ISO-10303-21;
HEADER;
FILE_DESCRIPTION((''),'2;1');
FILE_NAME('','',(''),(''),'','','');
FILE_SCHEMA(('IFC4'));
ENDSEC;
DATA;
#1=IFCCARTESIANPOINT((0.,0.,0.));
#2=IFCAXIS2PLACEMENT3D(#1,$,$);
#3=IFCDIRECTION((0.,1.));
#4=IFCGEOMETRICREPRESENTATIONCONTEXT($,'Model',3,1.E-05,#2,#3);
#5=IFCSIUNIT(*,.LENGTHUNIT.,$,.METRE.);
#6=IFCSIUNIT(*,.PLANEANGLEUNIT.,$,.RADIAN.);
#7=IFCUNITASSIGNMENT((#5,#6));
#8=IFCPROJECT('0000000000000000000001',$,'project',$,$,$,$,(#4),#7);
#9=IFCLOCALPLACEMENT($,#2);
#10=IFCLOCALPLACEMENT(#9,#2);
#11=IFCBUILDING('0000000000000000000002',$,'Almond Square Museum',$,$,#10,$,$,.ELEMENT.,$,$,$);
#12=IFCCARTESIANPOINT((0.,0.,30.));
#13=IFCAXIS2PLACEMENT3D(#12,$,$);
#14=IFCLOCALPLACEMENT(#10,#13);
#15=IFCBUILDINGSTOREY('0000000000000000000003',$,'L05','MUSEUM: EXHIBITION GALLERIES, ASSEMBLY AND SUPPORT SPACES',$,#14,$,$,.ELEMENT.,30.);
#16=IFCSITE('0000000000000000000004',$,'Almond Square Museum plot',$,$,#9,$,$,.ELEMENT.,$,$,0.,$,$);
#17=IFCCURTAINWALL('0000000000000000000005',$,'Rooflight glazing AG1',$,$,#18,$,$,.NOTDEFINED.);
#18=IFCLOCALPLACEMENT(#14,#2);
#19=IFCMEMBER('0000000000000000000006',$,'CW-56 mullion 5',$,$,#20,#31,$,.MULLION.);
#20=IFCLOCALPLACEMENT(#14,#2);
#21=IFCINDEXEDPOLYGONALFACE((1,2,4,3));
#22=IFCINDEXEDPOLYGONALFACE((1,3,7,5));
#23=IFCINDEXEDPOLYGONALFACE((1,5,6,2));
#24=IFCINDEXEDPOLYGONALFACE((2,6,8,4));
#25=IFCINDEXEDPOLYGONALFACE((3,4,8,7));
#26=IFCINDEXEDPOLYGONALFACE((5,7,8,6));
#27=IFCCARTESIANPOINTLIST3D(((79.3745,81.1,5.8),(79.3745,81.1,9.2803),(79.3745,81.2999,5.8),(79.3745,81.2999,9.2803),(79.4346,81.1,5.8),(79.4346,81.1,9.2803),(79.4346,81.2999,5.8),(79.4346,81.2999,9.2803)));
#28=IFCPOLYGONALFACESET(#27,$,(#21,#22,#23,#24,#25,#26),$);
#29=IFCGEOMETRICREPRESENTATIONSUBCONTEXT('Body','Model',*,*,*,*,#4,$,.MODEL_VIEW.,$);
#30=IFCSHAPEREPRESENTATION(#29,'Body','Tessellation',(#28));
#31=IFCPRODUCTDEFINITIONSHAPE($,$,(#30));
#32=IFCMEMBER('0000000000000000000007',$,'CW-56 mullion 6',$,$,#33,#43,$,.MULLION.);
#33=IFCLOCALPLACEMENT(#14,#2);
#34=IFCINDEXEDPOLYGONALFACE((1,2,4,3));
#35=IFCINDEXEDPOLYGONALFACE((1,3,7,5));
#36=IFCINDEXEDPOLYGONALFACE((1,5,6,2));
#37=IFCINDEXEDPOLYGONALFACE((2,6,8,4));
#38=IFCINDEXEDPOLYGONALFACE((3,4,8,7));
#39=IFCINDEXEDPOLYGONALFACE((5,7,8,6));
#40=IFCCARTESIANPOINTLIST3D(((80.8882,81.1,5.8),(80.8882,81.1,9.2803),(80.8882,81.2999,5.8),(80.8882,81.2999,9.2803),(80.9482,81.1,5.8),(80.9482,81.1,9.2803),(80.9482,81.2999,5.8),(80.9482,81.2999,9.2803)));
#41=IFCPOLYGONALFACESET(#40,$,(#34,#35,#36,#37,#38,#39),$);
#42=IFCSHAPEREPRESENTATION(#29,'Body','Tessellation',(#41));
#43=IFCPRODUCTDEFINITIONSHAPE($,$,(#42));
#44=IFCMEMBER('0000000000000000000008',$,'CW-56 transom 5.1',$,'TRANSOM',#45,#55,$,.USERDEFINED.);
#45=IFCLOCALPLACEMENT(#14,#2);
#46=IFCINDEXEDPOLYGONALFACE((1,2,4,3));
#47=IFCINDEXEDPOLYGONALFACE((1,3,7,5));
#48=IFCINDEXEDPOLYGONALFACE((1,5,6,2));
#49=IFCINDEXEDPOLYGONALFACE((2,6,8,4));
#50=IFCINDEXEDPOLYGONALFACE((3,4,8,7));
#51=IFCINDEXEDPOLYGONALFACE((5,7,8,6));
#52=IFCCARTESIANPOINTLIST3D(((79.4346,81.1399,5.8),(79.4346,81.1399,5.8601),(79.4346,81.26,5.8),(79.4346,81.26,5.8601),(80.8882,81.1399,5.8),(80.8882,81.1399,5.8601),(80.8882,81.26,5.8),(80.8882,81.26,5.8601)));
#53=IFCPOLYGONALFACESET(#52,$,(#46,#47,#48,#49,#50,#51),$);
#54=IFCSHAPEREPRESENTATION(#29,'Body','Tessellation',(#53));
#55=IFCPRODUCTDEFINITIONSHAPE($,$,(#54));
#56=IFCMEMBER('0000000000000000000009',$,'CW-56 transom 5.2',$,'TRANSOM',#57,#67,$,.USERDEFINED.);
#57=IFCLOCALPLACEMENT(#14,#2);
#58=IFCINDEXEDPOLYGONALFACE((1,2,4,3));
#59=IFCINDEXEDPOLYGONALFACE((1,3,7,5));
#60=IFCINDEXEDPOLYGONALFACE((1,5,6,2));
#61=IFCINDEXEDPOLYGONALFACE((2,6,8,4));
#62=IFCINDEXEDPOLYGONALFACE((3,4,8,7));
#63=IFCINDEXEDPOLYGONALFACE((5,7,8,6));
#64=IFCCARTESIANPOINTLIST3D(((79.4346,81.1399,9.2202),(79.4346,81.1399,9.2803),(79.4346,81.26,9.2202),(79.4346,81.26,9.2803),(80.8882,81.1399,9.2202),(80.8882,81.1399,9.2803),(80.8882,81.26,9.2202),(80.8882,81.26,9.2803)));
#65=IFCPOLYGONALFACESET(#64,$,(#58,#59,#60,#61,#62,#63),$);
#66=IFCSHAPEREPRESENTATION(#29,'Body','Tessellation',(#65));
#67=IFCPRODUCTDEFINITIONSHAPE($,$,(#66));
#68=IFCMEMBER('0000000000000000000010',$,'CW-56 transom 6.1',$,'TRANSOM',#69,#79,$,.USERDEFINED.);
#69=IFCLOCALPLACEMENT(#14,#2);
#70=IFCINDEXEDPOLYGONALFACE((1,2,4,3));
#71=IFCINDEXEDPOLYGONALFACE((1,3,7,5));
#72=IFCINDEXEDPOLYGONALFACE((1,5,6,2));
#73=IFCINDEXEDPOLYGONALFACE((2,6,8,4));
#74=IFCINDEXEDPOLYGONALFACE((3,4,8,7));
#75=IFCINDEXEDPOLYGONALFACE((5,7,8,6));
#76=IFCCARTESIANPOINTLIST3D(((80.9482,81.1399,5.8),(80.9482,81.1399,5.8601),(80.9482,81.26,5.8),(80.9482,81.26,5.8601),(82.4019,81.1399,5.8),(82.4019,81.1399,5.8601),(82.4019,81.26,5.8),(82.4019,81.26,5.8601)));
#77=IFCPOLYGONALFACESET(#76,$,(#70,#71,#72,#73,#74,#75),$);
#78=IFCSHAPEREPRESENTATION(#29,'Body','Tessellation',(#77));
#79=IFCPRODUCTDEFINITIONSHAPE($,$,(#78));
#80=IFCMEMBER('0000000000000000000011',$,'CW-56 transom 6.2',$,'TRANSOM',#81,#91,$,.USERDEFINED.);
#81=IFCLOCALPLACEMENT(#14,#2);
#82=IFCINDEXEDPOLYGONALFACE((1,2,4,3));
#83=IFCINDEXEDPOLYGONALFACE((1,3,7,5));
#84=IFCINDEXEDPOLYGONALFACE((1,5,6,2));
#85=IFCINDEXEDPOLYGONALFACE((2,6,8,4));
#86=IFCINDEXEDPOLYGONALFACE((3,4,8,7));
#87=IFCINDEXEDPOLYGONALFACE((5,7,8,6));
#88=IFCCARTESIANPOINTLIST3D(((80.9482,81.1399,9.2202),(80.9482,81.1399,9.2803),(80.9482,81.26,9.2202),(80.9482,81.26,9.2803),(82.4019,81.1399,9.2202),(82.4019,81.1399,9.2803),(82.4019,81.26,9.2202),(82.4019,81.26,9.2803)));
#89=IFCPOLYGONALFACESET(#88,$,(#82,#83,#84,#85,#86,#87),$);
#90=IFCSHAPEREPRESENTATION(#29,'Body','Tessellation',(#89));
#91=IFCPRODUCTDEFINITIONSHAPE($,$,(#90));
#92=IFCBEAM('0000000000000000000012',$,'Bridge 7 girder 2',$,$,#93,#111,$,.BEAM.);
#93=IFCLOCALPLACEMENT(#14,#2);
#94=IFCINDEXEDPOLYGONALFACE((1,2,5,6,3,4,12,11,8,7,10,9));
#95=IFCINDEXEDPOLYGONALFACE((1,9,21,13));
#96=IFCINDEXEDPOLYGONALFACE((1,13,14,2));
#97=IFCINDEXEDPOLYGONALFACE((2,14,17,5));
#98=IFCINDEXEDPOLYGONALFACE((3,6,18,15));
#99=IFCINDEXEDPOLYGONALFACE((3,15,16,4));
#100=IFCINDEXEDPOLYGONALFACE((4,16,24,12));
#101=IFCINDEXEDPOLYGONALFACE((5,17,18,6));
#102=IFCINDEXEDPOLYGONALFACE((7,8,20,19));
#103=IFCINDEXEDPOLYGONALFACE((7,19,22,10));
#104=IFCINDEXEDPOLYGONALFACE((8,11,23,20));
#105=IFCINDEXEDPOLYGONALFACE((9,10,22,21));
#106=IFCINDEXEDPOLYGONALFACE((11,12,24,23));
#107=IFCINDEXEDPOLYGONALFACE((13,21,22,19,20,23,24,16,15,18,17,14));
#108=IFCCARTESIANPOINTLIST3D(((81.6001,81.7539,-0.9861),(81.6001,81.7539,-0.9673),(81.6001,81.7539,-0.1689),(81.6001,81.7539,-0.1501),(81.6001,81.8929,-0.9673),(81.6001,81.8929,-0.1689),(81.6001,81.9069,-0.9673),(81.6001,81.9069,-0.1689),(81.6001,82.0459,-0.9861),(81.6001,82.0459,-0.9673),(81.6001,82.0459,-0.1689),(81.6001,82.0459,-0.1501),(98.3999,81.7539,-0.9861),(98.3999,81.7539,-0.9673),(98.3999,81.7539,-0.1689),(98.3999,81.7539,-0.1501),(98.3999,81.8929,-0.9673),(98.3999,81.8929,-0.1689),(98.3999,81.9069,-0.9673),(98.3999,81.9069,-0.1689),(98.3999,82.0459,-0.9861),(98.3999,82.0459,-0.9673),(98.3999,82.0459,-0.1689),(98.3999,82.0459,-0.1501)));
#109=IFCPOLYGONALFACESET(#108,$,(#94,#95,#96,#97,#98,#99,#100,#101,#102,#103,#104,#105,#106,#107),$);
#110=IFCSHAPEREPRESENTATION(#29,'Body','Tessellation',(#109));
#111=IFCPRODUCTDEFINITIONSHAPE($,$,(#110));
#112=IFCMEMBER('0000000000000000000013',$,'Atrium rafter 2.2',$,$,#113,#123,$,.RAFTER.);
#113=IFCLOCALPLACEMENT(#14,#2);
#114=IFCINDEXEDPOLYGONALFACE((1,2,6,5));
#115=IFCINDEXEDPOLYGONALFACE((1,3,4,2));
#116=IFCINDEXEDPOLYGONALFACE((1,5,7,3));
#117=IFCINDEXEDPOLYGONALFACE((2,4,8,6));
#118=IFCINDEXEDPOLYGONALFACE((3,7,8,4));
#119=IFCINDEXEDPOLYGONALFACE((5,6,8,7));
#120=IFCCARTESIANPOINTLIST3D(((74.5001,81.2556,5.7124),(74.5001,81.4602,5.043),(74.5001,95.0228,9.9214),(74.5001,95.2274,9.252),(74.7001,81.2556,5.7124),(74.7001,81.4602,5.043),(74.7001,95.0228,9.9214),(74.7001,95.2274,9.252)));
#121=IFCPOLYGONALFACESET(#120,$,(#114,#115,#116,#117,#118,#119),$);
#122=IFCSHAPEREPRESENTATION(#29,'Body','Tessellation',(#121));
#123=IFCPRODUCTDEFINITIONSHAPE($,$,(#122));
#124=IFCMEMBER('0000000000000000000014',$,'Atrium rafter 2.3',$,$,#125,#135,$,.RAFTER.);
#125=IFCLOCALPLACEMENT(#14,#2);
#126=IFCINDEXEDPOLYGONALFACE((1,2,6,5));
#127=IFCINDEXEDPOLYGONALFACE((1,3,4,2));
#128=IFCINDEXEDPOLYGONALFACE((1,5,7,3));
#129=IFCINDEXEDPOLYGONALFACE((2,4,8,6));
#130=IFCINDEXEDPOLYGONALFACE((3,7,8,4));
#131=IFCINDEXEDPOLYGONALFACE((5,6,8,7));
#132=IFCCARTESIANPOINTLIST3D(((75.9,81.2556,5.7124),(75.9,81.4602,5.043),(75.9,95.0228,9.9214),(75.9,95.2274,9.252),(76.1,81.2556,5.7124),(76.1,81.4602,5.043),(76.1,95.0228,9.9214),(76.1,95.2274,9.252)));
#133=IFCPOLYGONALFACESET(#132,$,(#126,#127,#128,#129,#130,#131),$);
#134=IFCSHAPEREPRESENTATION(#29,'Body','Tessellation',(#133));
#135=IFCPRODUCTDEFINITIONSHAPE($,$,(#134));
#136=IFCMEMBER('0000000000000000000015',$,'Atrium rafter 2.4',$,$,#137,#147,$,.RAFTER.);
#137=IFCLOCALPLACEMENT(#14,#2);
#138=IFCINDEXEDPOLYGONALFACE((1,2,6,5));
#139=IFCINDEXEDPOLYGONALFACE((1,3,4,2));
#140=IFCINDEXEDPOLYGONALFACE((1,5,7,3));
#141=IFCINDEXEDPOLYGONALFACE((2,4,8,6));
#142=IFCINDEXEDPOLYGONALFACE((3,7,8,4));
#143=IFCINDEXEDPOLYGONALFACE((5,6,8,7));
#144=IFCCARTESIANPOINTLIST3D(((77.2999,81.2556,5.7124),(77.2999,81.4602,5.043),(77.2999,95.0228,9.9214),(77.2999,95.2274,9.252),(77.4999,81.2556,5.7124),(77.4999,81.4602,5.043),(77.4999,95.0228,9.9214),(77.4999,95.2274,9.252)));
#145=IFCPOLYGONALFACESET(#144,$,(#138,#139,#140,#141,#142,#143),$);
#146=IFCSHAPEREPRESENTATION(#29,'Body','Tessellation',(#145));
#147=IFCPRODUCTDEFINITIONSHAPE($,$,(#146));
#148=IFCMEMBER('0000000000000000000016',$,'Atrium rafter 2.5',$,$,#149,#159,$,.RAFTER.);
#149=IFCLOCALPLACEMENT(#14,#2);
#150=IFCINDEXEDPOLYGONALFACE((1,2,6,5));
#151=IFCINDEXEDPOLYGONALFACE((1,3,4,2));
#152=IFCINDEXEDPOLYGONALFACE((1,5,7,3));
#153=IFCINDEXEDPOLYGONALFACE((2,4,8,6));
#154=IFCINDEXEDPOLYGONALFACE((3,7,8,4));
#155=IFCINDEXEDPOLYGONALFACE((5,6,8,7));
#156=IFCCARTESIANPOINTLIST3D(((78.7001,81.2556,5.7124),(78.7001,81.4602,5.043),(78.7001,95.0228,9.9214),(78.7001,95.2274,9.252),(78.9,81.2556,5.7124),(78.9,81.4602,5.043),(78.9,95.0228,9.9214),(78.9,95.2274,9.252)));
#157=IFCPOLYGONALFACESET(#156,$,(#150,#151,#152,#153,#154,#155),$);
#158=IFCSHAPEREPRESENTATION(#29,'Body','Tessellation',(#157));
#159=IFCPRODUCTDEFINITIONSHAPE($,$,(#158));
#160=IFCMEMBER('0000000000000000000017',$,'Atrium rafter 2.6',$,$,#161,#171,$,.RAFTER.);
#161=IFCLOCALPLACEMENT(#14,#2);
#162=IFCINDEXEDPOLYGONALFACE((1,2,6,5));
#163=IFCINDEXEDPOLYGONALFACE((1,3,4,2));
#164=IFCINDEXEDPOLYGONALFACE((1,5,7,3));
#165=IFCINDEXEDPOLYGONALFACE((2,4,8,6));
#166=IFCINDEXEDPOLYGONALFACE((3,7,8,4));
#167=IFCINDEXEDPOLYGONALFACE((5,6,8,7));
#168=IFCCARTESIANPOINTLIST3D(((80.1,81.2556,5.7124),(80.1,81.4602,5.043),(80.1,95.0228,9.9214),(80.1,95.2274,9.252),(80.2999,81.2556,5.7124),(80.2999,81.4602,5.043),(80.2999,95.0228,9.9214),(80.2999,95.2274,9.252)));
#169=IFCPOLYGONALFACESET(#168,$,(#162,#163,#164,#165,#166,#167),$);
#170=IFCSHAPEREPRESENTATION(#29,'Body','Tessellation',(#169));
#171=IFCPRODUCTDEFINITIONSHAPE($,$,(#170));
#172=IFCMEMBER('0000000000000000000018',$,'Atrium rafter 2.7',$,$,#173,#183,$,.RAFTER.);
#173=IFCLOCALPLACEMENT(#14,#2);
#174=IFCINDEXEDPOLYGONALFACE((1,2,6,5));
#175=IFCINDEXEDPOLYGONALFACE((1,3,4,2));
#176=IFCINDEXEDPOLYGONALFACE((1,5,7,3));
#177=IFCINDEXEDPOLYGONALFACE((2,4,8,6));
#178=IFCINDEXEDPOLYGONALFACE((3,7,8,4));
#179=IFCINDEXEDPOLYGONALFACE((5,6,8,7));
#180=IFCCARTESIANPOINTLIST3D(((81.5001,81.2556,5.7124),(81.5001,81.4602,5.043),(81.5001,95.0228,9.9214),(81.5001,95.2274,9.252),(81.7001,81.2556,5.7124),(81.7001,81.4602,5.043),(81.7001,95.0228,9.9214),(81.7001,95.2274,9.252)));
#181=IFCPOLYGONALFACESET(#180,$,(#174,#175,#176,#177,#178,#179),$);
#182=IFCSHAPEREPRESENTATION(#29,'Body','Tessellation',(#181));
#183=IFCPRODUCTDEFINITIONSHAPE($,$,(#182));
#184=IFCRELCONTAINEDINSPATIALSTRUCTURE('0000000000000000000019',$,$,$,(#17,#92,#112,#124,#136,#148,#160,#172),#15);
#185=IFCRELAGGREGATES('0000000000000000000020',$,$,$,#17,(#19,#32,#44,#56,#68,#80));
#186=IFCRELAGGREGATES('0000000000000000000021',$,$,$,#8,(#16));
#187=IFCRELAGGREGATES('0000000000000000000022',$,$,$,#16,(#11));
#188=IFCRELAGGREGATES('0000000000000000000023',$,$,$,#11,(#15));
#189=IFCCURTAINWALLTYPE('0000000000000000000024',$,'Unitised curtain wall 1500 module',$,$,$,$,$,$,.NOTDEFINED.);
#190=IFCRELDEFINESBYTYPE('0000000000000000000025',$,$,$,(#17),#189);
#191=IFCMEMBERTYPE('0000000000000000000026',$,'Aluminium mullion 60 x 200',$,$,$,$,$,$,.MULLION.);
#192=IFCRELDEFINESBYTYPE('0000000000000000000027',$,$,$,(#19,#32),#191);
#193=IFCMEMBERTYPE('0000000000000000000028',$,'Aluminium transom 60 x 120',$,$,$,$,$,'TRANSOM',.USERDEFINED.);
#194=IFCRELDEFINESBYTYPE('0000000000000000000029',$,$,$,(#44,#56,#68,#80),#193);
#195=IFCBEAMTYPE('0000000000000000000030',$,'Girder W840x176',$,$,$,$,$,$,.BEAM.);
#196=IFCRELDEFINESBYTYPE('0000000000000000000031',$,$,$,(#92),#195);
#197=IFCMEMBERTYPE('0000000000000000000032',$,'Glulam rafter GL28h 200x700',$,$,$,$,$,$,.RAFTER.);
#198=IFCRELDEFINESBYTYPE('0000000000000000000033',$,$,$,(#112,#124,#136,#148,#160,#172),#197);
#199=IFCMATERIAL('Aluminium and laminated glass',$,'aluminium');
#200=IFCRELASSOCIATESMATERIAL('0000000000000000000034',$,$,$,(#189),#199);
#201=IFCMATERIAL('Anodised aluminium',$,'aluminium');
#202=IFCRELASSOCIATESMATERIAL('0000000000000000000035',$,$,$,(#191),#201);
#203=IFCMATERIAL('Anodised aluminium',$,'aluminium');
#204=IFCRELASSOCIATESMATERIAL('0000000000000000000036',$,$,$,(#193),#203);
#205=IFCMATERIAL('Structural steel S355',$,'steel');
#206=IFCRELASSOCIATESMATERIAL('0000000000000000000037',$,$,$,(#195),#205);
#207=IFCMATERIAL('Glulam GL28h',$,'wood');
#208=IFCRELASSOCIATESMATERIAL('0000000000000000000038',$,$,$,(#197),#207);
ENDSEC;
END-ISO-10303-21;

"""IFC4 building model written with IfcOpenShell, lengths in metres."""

from ifc_helpers import new_model, si_unit, direction, frame, origin, origin_2d, place, context, subcontext, project, spatial, rectangle, i_section, extrude, material, material_profile, profile_set, type_object, element, aggregate, save


model = new_model("IFC4")

# Units and contexts
model_context = context("Model", 3, precision=1e-05, world=origin(), true_north=direction((0.0, 1.0)))
body_context = subcontext(model_context, "Body", "Model", "MODEL_VIEW")
ifc_project = project(units=[si_unit("LENGTHUNIT", "METRE"), si_unit("PLANEANGLEUNIT", "RADIAN")], contexts=[model_context])

# Site, building, storey
site_placement = place(None, origin())
site = spatial("IfcSite", under=ifc_project, at=site_placement, Name="Almond Square Museum plot", CompositionType="ELEMENT", RefElevation=0.0)
building_placement = place(site_placement, origin())
building = spatial("IfcBuilding", under=site, at=building_placement, Name="Almond Square Museum", CompositionType="ELEMENT")
storey_placement = place(building_placement, frame((0.0, 0.0, 30.0)))
storey = spatial("IfcBuildingStorey", under=building, at=storey_placement, Name="L05", Description="MUSEUM: EXHIBITION GALLERIES, ASSEMBLY AND SUPPORT SPACES", CompositionType="ELEMENT", Elevation=30.0)

# Curtain wall, members
ifc_material_1 = material(Name="Aluminium and laminated glass", Category="aluminium")
curtain_wall_type = type_object("IfcCurtainWallType", Name="Unitised curtain wall 1500 module", PredefinedType="NOTDEFINED", material=ifc_material_1)
curtain_wall_placement = place(storey_placement, origin())
curtain_wall = element("IfcCurtainWall", 1, at=curtain_wall_placement, inside=storey, type_object=curtain_wall_type, Name="Rooflight glazing AG1", PredefinedType="NOTDEFINED")
ifc_material_2 = material(Name="Anodised aluminium", Category="aluminium")
ifc_material_profile_1 = material_profile(ifc_material_2, rectangle(XDim=0.2, YDim=0.0601, at=origin_2d()))
ifc_profile_set_1 = profile_set([ifc_material_profile_1], Name="Anodised aluminium")
member_type_1 = type_object("IfcMemberType", Name="Aluminium mullion 60 x 200", PredefinedType="MULLION", material=ifc_profile_set_1)
member_1_placement = place(storey_placement, frame((79.4045, 81.2, 5.8), z_axis=(0.0, 0.0, 1.0), x_axis=(0.0, 1.0, 0.0)))
member_1 = element("IfcMember", 2, at=member_1_placement, type_object=member_type_1, Name="CW-56 mullion 5", PredefinedType="MULLION", context=body_context, shape_type="SweptSolid", body=[
    extrude(rectangle(XDim=0.2, YDim=0.0601, at=origin_2d()), origin(), (0.0, 0.0, 1.0), 3.4802),
])
member_2_placement = place(storey_placement, frame((80.9182, 81.2, 5.8), z_axis=(0.0, 0.0, 1.0), x_axis=(0.0, 1.0, 0.0)))
member_2 = element("IfcMember", 3, at=member_2_placement, type_object=member_type_1, Name="CW-56 mullion 6", PredefinedType="MULLION", context=body_context, shape_type="SweptSolid", body=[
    extrude(rectangle(XDim=0.2, YDim=0.0601, at=origin_2d()), origin(), (0.0, 0.0, 1.0), 3.4802),
])
ifc_material_3 = material(Name="Anodised aluminium", Category="aluminium")
ifc_material_profile_2 = material_profile(ifc_material_3, rectangle(XDim=0.1201, YDim=0.0601, at=origin_2d()))
ifc_profile_set_2 = profile_set([ifc_material_profile_2], Name="Anodised aluminium")
member_type_2 = type_object("IfcMemberType", Name="Aluminium transom 60 x 120", ElementType="TRANSOM", PredefinedType="USERDEFINED", material=ifc_profile_set_2)
member_3_placement = place(storey_placement, frame((79.4346, 81.2, 5.8301), z_axis=(1.0, 0.0, 0.0), x_axis=(0.0, 1.0, 0.0)))
member_3 = element("IfcMember", 4, at=member_3_placement, type_object=member_type_2, Name="CW-56 transom 5.1", ObjectType="TRANSOM", PredefinedType="USERDEFINED", context=body_context, shape_type="SweptSolid", body=[
    extrude(rectangle(XDim=0.1201, YDim=0.0601, at=origin_2d()), origin(), (0.0, 0.0, 1.0), 1.4536),
])
member_4_placement = place(storey_placement, frame((79.4346, 81.2, 9.2502), z_axis=(1.0, 0.0, 0.0), x_axis=(0.0, 1.0, 0.0)))
member_4 = element("IfcMember", 5, at=member_4_placement, type_object=member_type_2, Name="CW-56 transom 5.2", ObjectType="TRANSOM", PredefinedType="USERDEFINED", context=body_context, shape_type="SweptSolid", body=[
    extrude(rectangle(XDim=0.1201, YDim=0.0601, at=origin_2d()), origin(), (0.0, 0.0, 1.0), 1.4536),
])
member_5_placement = place(storey_placement, frame((80.9482, 81.2, 5.8301), z_axis=(1.0, 0.0, 0.0), x_axis=(0.0, 1.0, 0.0)))
member_5 = element("IfcMember", 6, at=member_5_placement, type_object=member_type_2, Name="CW-56 transom 6.1", ObjectType="TRANSOM", PredefinedType="USERDEFINED", context=body_context, shape_type="SweptSolid", body=[
    extrude(rectangle(XDim=0.1201, YDim=0.0601, at=origin_2d()), origin(), (0.0, 0.0, 1.0), 1.4536),
])
member_6_placement = place(storey_placement, frame((80.9482, 81.2, 9.2502), z_axis=(1.0, 0.0, 0.0), x_axis=(0.0, 1.0, 0.0)))
member_6 = element("IfcMember", 7, at=member_6_placement, type_object=member_type_2, Name="CW-56 transom 6.2", ObjectType="TRANSOM", PredefinedType="USERDEFINED", context=body_context, shape_type="SweptSolid", body=[
    extrude(rectangle(XDim=0.1201, YDim=0.0601, at=origin_2d()), origin(), (0.0, 0.0, 1.0), 1.4536),
])

# Beam
ifc_material_4 = material(Name="Structural steel S355", Category="steel")
ifc_material_profile_3 = material_profile(ifc_material_4, i_section(OverallWidth=0.292, OverallDepth=0.8359, WebThickness=0.0139, FlangeThickness=0.0188, at=origin_2d()))
ifc_profile_set_3 = profile_set([ifc_material_profile_3], Name="Structural steel S355")
beam_type_1 = type_object("IfcBeamType", Name="Girder W840x176", PredefinedType="BEAM", material=ifc_profile_set_3)
beam_1_placement = place(storey_placement, frame((81.6001, 81.8999, -0.5681), z_axis=(1.0, 0.0, 0.0), x_axis=(0.0, 1.0, 0.0)))
element("IfcBeam", 8, at=beam_1_placement, inside=storey, type_object=beam_type_1, Name="Bridge 7 girder 2", PredefinedType="BEAM", context=body_context, shape_type="SweptSolid", body=[
    extrude(i_section(OverallWidth=0.292, OverallDepth=0.8359, WebThickness=0.0139, FlangeThickness=0.0188, at=origin_2d()), origin(), (0.0, 0.0, 1.0), 16.7998),
])

# Members
ifc_material_5 = material(Name="Glulam GL28h", Category="wood")
ifc_material_profile_4 = material_profile(ifc_material_5, rectangle(XDim=0.2, YDim=0.7, at=origin_2d()))
ifc_profile_set_4 = profile_set([ifc_material_profile_4], Name="Glulam GL28h")
member_type_3 = type_object("IfcMemberType", Name="Glulam rafter GL28h 200x700", PredefinedType="RAFTER", material=ifc_profile_set_4)
for number, where, z_axis, x_axis, name in (
    (9, (74.6001, 81.3579, 5.3777), (0.0, 0.956305, 0.292369), (-1.0, 0.0, 0.0), "Atrium rafter 2.2"),
    (10, (76.0, 81.3579, 5.3777), (0.0, 0.956305, 0.292369), (-1.0, 0.0, 0.0), "Atrium rafter 2.3"),
    (11, (77.3999, 81.3579, 5.3777), (0.0, 0.956305, 0.292369), (-1.0, 0.0, 0.0), "Atrium rafter 2.4"),
    (12, (78.8, 81.3579, 5.3777), (0.0, 0.956305, 0.292369), (-1.0, 0.0, 0.0), "Atrium rafter 2.5"),
    (13, (80.2, 81.3579, 5.3777), (0.0, 0.956305, 0.292369), (-1.0, 0.0, 0.0), "Atrium rafter 2.6"),
    (14, (81.6001, 81.3579, 5.3777), (0.0, 0.956305, 0.292369), (-1.0, 0.0, 0.0), "Atrium rafter 2.7"),
):
    element("IfcMember", number, at=place(storey_placement, frame(where, z_axis=z_axis, x_axis=x_axis)), inside=storey, type_object=member_type_3, Name=name, PredefinedType="RAFTER", context=body_context, shape_type="SweptSolid", body=[
        extrude(rectangle(XDim=0.2, YDim=0.7, at=origin_2d()), origin(), (0.0, 0.0, 1.0), 14.3962),
    ])

aggregate(curtain_wall, [member_1, member_2, member_3, member_4, member_5, member_6])

save(model, "model.ifc")
